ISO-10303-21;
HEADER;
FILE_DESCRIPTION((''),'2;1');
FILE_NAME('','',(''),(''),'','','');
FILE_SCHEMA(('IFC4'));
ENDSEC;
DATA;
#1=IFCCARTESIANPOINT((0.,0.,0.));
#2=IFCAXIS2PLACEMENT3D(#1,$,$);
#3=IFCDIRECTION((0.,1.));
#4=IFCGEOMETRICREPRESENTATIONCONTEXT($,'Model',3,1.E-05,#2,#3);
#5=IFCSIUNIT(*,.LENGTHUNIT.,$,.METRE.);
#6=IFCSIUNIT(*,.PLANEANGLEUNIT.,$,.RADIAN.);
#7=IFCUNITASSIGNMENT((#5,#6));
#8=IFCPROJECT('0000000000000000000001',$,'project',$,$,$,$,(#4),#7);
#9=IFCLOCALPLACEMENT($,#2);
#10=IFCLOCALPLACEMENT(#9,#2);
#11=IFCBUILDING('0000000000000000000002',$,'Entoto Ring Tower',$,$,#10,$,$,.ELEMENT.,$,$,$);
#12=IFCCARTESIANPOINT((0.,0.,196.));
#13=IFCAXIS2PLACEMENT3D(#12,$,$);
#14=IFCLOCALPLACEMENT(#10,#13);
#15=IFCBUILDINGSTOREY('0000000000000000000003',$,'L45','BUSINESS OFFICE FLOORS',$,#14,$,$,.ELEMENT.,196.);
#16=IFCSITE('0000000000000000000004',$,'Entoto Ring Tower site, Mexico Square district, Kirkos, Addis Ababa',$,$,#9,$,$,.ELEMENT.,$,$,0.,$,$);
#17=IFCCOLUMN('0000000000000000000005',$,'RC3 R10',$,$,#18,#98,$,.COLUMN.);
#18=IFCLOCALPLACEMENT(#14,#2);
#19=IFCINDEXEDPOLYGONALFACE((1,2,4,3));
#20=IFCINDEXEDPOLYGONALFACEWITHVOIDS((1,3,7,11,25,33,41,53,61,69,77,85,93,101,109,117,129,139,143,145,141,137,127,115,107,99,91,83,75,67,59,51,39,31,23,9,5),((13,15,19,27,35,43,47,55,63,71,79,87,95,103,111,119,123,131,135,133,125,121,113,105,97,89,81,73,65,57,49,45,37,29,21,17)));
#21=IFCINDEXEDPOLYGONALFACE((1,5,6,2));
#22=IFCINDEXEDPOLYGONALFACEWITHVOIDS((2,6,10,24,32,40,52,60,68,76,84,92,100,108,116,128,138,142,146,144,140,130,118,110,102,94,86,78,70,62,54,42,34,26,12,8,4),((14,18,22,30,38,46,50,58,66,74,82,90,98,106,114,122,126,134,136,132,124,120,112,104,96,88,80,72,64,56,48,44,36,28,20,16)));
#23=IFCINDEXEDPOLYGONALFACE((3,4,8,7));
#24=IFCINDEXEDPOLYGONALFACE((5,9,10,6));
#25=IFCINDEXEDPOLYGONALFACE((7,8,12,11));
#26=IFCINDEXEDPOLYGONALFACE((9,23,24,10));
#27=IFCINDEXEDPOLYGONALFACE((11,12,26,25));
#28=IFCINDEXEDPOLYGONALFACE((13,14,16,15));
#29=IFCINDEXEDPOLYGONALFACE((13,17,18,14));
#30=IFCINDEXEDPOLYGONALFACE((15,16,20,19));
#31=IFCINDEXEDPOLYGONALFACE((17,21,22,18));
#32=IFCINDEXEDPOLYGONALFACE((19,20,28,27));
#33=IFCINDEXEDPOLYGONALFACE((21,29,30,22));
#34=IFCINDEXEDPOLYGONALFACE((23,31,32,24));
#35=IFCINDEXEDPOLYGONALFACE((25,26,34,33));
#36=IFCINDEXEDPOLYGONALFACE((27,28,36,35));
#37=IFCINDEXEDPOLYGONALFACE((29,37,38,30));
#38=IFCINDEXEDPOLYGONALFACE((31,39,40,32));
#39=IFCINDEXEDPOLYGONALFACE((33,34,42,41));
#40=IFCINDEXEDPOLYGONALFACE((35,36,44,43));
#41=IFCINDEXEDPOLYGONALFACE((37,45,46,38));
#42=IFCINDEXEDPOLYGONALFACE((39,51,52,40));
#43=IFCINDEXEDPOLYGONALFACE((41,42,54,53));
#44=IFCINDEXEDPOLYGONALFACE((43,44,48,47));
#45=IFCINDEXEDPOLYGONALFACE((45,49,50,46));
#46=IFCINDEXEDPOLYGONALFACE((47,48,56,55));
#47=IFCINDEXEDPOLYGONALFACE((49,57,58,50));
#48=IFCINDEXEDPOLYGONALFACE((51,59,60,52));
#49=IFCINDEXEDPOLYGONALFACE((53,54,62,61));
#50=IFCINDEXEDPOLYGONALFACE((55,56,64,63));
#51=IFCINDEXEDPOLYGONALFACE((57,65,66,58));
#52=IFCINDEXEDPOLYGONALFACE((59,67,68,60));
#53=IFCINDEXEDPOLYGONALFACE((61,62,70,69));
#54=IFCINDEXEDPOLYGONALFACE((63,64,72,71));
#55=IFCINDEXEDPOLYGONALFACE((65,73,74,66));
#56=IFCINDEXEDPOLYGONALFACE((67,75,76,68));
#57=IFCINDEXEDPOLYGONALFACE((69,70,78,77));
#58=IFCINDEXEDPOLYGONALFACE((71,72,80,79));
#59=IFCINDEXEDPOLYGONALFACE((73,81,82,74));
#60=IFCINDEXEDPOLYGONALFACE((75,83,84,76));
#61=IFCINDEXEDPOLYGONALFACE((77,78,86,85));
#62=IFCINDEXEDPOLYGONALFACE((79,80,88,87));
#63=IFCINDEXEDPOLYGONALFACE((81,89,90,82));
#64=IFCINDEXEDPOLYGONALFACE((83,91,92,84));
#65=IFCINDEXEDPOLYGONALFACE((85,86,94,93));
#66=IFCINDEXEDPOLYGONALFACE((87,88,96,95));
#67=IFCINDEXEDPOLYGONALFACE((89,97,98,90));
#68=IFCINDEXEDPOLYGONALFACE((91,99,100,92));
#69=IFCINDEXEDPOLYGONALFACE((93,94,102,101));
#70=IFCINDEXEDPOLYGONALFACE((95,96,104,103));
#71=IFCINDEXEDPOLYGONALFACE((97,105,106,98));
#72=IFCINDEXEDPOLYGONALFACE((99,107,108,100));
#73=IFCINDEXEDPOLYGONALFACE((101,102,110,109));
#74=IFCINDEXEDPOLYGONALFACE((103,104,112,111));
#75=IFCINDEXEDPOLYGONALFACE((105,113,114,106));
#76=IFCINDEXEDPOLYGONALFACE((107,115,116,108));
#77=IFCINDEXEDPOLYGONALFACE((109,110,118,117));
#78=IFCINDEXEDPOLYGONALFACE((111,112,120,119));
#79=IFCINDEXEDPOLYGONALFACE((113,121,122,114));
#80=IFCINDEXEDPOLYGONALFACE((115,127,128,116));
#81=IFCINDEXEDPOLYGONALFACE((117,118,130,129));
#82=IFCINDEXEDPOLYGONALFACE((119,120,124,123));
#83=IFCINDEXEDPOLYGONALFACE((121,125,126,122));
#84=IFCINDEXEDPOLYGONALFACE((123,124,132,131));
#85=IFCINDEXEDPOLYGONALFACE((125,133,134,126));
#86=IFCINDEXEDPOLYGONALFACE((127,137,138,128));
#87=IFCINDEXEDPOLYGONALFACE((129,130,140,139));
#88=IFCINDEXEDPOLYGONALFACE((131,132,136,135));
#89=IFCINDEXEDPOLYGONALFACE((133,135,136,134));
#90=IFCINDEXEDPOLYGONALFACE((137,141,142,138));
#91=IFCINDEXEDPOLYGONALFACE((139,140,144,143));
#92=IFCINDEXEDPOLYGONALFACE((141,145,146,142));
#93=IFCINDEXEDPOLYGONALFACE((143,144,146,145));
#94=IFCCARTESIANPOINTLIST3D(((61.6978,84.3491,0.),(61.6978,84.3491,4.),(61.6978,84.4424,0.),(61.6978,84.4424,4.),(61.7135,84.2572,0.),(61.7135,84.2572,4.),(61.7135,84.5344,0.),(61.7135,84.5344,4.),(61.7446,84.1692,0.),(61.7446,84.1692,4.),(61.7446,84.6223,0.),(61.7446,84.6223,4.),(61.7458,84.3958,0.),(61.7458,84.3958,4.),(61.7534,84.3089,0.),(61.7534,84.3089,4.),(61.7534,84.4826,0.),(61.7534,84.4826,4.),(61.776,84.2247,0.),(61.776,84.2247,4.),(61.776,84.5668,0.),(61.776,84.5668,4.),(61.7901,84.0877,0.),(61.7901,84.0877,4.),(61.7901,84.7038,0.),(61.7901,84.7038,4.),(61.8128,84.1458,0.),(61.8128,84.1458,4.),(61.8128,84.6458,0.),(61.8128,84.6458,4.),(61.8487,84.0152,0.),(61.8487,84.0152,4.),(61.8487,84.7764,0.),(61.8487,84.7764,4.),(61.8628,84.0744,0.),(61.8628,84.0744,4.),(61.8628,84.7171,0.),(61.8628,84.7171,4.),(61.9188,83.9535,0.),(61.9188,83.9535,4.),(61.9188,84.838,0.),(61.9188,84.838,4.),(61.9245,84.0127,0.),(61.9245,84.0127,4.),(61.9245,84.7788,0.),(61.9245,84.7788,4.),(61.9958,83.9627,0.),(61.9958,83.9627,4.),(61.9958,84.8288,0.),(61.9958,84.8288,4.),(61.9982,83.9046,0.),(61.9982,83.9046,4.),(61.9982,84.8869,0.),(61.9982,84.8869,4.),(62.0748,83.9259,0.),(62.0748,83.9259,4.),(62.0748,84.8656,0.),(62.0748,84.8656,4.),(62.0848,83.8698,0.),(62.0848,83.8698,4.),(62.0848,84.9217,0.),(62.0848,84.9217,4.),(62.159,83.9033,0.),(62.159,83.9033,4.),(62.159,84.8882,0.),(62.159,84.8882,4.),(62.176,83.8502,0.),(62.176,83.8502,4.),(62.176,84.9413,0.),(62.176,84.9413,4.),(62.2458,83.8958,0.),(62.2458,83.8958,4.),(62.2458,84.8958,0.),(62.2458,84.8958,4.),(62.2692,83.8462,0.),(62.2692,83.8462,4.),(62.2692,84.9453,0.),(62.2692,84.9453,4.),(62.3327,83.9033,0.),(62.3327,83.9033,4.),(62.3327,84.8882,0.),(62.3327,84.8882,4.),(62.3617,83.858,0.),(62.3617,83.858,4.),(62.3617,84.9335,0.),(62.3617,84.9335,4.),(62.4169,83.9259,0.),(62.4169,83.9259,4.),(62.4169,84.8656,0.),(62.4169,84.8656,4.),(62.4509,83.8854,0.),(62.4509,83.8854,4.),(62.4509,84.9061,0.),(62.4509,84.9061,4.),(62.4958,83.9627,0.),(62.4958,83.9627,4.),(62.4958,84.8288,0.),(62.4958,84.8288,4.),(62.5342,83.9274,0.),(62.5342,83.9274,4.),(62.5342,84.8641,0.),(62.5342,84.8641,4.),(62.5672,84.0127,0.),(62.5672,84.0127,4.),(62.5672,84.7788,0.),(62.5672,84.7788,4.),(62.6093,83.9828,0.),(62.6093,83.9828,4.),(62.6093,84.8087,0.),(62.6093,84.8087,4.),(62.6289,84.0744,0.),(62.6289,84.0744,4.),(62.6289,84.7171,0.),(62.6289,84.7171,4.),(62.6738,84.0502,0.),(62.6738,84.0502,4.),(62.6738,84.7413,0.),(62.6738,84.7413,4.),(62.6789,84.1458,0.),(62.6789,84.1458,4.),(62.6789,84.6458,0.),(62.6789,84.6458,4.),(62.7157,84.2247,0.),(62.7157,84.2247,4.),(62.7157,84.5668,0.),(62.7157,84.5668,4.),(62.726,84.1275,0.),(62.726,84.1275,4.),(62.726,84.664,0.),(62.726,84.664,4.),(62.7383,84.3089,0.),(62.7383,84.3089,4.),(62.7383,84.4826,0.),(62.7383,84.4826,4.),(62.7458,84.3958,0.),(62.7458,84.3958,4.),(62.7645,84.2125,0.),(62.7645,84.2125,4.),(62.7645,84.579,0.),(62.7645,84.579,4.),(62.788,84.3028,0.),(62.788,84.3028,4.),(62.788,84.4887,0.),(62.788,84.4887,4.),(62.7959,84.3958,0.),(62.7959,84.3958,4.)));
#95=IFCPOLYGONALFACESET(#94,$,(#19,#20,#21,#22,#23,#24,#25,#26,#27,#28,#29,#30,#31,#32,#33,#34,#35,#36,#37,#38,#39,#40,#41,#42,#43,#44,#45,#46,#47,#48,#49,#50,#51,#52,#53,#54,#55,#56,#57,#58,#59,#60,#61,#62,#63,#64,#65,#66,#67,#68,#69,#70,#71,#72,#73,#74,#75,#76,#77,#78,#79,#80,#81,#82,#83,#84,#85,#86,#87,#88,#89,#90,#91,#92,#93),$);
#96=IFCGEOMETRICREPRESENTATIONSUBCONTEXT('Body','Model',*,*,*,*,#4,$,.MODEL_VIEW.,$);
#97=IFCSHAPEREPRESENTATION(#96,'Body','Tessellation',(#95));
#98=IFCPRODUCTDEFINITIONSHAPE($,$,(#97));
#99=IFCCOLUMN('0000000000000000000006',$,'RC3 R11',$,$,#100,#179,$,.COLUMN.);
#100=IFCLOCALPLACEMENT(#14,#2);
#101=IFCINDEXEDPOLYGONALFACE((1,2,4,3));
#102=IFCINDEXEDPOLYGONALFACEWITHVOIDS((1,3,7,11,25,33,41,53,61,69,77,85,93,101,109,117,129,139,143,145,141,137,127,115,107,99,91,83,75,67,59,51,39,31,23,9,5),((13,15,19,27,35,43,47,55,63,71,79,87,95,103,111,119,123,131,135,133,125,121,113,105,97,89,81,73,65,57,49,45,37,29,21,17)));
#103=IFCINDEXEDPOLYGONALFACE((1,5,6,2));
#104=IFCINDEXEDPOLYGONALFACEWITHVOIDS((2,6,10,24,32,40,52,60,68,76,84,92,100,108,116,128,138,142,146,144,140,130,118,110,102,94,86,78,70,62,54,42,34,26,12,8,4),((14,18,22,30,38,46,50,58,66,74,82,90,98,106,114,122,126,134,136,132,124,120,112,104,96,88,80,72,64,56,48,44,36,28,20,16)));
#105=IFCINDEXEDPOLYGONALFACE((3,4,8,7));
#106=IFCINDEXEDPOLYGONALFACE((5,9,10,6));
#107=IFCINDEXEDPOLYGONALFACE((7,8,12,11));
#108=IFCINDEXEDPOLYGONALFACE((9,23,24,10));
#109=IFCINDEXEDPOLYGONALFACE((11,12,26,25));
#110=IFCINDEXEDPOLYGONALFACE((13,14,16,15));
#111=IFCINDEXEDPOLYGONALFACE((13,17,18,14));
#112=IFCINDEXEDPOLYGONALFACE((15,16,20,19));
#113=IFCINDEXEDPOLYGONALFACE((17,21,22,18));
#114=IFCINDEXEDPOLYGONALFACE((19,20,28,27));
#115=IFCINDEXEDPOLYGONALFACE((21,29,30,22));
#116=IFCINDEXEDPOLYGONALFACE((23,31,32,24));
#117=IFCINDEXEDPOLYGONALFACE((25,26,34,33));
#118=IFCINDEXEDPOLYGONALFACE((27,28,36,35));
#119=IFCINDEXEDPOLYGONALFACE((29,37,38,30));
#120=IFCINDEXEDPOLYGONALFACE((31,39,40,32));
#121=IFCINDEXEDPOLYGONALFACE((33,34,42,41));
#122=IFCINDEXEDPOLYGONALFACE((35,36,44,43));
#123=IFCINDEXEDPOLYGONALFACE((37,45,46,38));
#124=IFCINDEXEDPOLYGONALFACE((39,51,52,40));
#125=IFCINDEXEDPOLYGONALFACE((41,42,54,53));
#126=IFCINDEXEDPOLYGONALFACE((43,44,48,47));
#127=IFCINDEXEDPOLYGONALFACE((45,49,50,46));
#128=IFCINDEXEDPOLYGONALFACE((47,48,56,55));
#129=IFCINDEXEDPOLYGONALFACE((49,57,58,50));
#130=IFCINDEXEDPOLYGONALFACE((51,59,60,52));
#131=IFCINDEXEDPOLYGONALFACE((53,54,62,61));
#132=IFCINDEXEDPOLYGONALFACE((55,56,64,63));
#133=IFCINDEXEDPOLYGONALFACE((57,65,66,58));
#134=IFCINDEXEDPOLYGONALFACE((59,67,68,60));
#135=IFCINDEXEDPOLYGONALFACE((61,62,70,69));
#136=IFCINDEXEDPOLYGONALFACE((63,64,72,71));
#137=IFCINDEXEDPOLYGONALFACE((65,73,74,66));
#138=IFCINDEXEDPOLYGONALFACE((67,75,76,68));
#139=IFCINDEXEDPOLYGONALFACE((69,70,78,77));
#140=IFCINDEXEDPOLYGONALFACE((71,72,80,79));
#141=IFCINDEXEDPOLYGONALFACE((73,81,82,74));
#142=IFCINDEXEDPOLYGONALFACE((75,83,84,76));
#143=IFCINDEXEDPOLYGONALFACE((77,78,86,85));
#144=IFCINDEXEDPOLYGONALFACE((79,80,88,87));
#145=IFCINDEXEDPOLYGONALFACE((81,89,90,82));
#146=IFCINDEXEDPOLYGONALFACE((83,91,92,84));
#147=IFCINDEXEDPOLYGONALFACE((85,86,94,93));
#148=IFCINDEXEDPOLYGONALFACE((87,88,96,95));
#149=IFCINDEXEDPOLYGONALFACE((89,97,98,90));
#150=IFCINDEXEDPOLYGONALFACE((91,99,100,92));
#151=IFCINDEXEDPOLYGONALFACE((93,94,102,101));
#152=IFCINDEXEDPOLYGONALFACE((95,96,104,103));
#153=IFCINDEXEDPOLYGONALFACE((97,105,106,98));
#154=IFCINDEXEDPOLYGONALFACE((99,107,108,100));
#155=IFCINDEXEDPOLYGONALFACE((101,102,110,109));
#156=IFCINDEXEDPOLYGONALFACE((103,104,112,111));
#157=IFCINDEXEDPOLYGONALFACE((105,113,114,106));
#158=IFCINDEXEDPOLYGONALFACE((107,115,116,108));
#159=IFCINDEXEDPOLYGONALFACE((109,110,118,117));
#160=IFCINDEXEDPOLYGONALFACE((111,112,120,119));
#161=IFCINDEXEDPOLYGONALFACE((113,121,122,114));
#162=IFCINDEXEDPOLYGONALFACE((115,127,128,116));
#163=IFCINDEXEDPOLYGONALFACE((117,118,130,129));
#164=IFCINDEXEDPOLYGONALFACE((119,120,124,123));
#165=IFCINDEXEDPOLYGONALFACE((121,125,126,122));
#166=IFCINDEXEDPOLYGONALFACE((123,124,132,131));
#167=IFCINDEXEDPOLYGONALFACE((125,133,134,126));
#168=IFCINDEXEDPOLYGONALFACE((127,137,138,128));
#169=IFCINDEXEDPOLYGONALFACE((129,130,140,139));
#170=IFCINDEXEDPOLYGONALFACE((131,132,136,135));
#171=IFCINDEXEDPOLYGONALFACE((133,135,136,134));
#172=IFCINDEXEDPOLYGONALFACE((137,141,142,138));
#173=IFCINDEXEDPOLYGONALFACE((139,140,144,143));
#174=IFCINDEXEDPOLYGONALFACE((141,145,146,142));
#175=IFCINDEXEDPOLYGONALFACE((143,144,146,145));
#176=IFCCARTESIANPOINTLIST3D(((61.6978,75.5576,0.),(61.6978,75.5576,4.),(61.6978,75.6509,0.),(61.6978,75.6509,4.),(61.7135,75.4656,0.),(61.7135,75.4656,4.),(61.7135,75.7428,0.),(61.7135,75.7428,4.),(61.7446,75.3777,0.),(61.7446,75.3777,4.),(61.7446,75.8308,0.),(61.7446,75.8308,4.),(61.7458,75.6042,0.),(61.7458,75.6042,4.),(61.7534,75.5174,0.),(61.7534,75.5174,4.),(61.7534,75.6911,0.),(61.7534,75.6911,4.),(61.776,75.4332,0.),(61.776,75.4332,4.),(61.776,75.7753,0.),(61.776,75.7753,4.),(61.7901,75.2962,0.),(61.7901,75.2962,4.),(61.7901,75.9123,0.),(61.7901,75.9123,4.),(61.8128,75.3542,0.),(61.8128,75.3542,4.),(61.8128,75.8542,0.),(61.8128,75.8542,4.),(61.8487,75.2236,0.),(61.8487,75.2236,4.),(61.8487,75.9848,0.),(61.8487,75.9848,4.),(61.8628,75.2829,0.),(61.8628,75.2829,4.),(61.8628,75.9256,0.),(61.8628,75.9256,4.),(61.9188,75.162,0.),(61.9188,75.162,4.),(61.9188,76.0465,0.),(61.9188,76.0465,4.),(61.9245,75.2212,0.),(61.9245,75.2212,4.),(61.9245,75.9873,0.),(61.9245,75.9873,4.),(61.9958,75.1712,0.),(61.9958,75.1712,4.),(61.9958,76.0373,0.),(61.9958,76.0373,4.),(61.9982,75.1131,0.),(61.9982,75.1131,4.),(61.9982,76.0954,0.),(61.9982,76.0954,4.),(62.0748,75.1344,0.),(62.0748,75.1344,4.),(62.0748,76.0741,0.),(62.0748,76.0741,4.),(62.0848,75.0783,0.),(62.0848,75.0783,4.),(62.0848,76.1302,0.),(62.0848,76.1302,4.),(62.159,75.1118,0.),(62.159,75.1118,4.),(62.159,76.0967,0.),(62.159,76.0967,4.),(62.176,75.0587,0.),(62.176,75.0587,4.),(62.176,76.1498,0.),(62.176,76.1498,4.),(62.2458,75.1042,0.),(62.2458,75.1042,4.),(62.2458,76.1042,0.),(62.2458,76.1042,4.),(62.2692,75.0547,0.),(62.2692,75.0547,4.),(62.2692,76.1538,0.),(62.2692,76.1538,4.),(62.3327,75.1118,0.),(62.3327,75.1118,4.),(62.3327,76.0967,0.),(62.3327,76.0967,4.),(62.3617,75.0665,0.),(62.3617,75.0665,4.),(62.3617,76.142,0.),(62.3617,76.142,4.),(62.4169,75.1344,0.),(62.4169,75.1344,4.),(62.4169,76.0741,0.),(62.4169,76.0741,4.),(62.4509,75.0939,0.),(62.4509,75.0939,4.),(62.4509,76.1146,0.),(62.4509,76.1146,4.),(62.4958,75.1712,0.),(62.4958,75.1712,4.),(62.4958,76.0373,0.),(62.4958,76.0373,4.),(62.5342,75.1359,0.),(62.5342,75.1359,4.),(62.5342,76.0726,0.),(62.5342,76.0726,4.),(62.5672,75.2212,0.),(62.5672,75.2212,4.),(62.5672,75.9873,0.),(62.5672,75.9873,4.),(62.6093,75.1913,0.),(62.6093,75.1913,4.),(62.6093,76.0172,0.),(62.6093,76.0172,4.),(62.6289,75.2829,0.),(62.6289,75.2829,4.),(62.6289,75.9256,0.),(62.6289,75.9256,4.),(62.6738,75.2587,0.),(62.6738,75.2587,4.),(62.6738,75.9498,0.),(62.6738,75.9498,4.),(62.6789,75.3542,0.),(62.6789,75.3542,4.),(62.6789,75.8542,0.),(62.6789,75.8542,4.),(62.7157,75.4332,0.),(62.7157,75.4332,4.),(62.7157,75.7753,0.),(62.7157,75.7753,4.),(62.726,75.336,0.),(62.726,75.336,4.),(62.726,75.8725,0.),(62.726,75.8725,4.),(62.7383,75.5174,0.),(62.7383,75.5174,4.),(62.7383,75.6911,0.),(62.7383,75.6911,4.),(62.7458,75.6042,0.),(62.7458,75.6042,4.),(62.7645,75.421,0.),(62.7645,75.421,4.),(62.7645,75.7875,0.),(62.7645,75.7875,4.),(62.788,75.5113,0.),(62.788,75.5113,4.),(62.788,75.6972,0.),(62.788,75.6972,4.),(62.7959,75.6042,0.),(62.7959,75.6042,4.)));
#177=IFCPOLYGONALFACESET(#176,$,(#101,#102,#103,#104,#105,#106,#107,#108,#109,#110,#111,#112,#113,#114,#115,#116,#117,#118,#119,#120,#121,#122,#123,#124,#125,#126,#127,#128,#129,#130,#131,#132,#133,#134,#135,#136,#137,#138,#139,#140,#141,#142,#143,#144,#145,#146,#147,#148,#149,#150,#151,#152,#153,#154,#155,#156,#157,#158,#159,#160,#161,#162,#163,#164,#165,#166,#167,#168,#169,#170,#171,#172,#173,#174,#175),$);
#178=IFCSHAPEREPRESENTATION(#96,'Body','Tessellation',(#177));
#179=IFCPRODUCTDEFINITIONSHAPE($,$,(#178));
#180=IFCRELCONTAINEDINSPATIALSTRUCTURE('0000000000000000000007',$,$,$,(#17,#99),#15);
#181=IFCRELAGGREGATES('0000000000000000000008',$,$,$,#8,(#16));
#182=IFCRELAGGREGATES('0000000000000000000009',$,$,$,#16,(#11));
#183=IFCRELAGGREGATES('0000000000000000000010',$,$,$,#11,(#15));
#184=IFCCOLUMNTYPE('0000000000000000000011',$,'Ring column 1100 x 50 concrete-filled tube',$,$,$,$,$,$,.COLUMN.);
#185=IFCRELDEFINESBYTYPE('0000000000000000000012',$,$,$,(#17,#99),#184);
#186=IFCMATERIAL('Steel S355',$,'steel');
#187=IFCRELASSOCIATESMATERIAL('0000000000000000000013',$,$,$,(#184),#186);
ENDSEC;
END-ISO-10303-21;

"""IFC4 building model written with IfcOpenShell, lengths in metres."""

from ifc_helpers import new_model, si_unit, direction, frame, origin, origin_2d, place, context, subcontext, project, spatial, circle, hollow_circle, extrude, material, material_profile, profile_set, type_object, element, save


model = new_model("IFC4")

# Units and contexts
model_context = context("Model", 3, precision=1e-05, world=origin(), true_north=direction((0.0, 1.0)))
body_context = subcontext(model_context, "Body", "Model", "MODEL_VIEW")
ifc_project = project(units=[si_unit("LENGTHUNIT", "METRE"), si_unit("PLANEANGLEUNIT", "RADIAN")], contexts=[model_context])

# Site, building, storey
site_placement = place(None, origin())
site = spatial("IfcSite", under=ifc_project, at=site_placement, Name="Entoto Ring Tower site, Mexico Square district, Kirkos, Addis Ababa", CompositionType="ELEMENT", RefElevation=0.0)
building_placement = place(site_placement, origin())
building = spatial("IfcBuilding", under=site, at=building_placement, Name="Entoto Ring Tower", CompositionType="ELEMENT")
storey_placement = place(building_placement, frame((0.0, 0.0, 196.0)))
storey = spatial("IfcBuildingStorey", under=building, at=storey_placement, Name="L45", Description="BUSINESS OFFICE FLOORS", CompositionType="ELEMENT", Elevation=196.0)

# Columns
ifc_material_1 = material(Name="Steel S355", Category="steel")
ifc_material_profile_1 = material_profile(ifc_material_1, hollow_circle(Radius=0.55, WallThickness=0.05, at=origin_2d()), Name="CHS 1100 x 50")
ifc_material_2 = material(Name="Concrete C60/75", Category="concrete")
ifc_material_profile_2 = material_profile(ifc_material_2, circle(Radius=0.5, at=origin_2d()), Name="Concrete C60/75 infill")
ifc_profile_set_1 = profile_set([ifc_material_profile_1, ifc_material_profile_2], Name="Steel S355")
column_type = type_object("IfcColumnType", Name="Ring column 1100 x 50 concrete-filled tube", PredefinedType="COLUMN", material=ifc_profile_set_1)
for number, where, z_axis, x_axis, name in (
    (1, (62.2458, 84.3958, 0.0), (0.0, 0.0, 1.0), (1.0, 0.0, 0.0), "RC3 R10"),
    (2, (62.2458, 75.6042, 0.0), (0.0, 0.0, 1.0), (1.0, 0.0, 0.0), "RC3 R11"),
):
    element("IfcColumn", number, at=place(storey_placement, frame(where, z_axis=z_axis, x_axis=x_axis)), inside=storey, type_object=column_type, Name=name, PredefinedType="COLUMN", context=body_context, shape_type="SweptSolid", body=[
        extrude(hollow_circle(Radius=0.55, WallThickness=0.05, at=origin_2d()), origin(), (0.0, 0.0, 1.0), 4.0),
    ])

save(model, "model.ifc")
